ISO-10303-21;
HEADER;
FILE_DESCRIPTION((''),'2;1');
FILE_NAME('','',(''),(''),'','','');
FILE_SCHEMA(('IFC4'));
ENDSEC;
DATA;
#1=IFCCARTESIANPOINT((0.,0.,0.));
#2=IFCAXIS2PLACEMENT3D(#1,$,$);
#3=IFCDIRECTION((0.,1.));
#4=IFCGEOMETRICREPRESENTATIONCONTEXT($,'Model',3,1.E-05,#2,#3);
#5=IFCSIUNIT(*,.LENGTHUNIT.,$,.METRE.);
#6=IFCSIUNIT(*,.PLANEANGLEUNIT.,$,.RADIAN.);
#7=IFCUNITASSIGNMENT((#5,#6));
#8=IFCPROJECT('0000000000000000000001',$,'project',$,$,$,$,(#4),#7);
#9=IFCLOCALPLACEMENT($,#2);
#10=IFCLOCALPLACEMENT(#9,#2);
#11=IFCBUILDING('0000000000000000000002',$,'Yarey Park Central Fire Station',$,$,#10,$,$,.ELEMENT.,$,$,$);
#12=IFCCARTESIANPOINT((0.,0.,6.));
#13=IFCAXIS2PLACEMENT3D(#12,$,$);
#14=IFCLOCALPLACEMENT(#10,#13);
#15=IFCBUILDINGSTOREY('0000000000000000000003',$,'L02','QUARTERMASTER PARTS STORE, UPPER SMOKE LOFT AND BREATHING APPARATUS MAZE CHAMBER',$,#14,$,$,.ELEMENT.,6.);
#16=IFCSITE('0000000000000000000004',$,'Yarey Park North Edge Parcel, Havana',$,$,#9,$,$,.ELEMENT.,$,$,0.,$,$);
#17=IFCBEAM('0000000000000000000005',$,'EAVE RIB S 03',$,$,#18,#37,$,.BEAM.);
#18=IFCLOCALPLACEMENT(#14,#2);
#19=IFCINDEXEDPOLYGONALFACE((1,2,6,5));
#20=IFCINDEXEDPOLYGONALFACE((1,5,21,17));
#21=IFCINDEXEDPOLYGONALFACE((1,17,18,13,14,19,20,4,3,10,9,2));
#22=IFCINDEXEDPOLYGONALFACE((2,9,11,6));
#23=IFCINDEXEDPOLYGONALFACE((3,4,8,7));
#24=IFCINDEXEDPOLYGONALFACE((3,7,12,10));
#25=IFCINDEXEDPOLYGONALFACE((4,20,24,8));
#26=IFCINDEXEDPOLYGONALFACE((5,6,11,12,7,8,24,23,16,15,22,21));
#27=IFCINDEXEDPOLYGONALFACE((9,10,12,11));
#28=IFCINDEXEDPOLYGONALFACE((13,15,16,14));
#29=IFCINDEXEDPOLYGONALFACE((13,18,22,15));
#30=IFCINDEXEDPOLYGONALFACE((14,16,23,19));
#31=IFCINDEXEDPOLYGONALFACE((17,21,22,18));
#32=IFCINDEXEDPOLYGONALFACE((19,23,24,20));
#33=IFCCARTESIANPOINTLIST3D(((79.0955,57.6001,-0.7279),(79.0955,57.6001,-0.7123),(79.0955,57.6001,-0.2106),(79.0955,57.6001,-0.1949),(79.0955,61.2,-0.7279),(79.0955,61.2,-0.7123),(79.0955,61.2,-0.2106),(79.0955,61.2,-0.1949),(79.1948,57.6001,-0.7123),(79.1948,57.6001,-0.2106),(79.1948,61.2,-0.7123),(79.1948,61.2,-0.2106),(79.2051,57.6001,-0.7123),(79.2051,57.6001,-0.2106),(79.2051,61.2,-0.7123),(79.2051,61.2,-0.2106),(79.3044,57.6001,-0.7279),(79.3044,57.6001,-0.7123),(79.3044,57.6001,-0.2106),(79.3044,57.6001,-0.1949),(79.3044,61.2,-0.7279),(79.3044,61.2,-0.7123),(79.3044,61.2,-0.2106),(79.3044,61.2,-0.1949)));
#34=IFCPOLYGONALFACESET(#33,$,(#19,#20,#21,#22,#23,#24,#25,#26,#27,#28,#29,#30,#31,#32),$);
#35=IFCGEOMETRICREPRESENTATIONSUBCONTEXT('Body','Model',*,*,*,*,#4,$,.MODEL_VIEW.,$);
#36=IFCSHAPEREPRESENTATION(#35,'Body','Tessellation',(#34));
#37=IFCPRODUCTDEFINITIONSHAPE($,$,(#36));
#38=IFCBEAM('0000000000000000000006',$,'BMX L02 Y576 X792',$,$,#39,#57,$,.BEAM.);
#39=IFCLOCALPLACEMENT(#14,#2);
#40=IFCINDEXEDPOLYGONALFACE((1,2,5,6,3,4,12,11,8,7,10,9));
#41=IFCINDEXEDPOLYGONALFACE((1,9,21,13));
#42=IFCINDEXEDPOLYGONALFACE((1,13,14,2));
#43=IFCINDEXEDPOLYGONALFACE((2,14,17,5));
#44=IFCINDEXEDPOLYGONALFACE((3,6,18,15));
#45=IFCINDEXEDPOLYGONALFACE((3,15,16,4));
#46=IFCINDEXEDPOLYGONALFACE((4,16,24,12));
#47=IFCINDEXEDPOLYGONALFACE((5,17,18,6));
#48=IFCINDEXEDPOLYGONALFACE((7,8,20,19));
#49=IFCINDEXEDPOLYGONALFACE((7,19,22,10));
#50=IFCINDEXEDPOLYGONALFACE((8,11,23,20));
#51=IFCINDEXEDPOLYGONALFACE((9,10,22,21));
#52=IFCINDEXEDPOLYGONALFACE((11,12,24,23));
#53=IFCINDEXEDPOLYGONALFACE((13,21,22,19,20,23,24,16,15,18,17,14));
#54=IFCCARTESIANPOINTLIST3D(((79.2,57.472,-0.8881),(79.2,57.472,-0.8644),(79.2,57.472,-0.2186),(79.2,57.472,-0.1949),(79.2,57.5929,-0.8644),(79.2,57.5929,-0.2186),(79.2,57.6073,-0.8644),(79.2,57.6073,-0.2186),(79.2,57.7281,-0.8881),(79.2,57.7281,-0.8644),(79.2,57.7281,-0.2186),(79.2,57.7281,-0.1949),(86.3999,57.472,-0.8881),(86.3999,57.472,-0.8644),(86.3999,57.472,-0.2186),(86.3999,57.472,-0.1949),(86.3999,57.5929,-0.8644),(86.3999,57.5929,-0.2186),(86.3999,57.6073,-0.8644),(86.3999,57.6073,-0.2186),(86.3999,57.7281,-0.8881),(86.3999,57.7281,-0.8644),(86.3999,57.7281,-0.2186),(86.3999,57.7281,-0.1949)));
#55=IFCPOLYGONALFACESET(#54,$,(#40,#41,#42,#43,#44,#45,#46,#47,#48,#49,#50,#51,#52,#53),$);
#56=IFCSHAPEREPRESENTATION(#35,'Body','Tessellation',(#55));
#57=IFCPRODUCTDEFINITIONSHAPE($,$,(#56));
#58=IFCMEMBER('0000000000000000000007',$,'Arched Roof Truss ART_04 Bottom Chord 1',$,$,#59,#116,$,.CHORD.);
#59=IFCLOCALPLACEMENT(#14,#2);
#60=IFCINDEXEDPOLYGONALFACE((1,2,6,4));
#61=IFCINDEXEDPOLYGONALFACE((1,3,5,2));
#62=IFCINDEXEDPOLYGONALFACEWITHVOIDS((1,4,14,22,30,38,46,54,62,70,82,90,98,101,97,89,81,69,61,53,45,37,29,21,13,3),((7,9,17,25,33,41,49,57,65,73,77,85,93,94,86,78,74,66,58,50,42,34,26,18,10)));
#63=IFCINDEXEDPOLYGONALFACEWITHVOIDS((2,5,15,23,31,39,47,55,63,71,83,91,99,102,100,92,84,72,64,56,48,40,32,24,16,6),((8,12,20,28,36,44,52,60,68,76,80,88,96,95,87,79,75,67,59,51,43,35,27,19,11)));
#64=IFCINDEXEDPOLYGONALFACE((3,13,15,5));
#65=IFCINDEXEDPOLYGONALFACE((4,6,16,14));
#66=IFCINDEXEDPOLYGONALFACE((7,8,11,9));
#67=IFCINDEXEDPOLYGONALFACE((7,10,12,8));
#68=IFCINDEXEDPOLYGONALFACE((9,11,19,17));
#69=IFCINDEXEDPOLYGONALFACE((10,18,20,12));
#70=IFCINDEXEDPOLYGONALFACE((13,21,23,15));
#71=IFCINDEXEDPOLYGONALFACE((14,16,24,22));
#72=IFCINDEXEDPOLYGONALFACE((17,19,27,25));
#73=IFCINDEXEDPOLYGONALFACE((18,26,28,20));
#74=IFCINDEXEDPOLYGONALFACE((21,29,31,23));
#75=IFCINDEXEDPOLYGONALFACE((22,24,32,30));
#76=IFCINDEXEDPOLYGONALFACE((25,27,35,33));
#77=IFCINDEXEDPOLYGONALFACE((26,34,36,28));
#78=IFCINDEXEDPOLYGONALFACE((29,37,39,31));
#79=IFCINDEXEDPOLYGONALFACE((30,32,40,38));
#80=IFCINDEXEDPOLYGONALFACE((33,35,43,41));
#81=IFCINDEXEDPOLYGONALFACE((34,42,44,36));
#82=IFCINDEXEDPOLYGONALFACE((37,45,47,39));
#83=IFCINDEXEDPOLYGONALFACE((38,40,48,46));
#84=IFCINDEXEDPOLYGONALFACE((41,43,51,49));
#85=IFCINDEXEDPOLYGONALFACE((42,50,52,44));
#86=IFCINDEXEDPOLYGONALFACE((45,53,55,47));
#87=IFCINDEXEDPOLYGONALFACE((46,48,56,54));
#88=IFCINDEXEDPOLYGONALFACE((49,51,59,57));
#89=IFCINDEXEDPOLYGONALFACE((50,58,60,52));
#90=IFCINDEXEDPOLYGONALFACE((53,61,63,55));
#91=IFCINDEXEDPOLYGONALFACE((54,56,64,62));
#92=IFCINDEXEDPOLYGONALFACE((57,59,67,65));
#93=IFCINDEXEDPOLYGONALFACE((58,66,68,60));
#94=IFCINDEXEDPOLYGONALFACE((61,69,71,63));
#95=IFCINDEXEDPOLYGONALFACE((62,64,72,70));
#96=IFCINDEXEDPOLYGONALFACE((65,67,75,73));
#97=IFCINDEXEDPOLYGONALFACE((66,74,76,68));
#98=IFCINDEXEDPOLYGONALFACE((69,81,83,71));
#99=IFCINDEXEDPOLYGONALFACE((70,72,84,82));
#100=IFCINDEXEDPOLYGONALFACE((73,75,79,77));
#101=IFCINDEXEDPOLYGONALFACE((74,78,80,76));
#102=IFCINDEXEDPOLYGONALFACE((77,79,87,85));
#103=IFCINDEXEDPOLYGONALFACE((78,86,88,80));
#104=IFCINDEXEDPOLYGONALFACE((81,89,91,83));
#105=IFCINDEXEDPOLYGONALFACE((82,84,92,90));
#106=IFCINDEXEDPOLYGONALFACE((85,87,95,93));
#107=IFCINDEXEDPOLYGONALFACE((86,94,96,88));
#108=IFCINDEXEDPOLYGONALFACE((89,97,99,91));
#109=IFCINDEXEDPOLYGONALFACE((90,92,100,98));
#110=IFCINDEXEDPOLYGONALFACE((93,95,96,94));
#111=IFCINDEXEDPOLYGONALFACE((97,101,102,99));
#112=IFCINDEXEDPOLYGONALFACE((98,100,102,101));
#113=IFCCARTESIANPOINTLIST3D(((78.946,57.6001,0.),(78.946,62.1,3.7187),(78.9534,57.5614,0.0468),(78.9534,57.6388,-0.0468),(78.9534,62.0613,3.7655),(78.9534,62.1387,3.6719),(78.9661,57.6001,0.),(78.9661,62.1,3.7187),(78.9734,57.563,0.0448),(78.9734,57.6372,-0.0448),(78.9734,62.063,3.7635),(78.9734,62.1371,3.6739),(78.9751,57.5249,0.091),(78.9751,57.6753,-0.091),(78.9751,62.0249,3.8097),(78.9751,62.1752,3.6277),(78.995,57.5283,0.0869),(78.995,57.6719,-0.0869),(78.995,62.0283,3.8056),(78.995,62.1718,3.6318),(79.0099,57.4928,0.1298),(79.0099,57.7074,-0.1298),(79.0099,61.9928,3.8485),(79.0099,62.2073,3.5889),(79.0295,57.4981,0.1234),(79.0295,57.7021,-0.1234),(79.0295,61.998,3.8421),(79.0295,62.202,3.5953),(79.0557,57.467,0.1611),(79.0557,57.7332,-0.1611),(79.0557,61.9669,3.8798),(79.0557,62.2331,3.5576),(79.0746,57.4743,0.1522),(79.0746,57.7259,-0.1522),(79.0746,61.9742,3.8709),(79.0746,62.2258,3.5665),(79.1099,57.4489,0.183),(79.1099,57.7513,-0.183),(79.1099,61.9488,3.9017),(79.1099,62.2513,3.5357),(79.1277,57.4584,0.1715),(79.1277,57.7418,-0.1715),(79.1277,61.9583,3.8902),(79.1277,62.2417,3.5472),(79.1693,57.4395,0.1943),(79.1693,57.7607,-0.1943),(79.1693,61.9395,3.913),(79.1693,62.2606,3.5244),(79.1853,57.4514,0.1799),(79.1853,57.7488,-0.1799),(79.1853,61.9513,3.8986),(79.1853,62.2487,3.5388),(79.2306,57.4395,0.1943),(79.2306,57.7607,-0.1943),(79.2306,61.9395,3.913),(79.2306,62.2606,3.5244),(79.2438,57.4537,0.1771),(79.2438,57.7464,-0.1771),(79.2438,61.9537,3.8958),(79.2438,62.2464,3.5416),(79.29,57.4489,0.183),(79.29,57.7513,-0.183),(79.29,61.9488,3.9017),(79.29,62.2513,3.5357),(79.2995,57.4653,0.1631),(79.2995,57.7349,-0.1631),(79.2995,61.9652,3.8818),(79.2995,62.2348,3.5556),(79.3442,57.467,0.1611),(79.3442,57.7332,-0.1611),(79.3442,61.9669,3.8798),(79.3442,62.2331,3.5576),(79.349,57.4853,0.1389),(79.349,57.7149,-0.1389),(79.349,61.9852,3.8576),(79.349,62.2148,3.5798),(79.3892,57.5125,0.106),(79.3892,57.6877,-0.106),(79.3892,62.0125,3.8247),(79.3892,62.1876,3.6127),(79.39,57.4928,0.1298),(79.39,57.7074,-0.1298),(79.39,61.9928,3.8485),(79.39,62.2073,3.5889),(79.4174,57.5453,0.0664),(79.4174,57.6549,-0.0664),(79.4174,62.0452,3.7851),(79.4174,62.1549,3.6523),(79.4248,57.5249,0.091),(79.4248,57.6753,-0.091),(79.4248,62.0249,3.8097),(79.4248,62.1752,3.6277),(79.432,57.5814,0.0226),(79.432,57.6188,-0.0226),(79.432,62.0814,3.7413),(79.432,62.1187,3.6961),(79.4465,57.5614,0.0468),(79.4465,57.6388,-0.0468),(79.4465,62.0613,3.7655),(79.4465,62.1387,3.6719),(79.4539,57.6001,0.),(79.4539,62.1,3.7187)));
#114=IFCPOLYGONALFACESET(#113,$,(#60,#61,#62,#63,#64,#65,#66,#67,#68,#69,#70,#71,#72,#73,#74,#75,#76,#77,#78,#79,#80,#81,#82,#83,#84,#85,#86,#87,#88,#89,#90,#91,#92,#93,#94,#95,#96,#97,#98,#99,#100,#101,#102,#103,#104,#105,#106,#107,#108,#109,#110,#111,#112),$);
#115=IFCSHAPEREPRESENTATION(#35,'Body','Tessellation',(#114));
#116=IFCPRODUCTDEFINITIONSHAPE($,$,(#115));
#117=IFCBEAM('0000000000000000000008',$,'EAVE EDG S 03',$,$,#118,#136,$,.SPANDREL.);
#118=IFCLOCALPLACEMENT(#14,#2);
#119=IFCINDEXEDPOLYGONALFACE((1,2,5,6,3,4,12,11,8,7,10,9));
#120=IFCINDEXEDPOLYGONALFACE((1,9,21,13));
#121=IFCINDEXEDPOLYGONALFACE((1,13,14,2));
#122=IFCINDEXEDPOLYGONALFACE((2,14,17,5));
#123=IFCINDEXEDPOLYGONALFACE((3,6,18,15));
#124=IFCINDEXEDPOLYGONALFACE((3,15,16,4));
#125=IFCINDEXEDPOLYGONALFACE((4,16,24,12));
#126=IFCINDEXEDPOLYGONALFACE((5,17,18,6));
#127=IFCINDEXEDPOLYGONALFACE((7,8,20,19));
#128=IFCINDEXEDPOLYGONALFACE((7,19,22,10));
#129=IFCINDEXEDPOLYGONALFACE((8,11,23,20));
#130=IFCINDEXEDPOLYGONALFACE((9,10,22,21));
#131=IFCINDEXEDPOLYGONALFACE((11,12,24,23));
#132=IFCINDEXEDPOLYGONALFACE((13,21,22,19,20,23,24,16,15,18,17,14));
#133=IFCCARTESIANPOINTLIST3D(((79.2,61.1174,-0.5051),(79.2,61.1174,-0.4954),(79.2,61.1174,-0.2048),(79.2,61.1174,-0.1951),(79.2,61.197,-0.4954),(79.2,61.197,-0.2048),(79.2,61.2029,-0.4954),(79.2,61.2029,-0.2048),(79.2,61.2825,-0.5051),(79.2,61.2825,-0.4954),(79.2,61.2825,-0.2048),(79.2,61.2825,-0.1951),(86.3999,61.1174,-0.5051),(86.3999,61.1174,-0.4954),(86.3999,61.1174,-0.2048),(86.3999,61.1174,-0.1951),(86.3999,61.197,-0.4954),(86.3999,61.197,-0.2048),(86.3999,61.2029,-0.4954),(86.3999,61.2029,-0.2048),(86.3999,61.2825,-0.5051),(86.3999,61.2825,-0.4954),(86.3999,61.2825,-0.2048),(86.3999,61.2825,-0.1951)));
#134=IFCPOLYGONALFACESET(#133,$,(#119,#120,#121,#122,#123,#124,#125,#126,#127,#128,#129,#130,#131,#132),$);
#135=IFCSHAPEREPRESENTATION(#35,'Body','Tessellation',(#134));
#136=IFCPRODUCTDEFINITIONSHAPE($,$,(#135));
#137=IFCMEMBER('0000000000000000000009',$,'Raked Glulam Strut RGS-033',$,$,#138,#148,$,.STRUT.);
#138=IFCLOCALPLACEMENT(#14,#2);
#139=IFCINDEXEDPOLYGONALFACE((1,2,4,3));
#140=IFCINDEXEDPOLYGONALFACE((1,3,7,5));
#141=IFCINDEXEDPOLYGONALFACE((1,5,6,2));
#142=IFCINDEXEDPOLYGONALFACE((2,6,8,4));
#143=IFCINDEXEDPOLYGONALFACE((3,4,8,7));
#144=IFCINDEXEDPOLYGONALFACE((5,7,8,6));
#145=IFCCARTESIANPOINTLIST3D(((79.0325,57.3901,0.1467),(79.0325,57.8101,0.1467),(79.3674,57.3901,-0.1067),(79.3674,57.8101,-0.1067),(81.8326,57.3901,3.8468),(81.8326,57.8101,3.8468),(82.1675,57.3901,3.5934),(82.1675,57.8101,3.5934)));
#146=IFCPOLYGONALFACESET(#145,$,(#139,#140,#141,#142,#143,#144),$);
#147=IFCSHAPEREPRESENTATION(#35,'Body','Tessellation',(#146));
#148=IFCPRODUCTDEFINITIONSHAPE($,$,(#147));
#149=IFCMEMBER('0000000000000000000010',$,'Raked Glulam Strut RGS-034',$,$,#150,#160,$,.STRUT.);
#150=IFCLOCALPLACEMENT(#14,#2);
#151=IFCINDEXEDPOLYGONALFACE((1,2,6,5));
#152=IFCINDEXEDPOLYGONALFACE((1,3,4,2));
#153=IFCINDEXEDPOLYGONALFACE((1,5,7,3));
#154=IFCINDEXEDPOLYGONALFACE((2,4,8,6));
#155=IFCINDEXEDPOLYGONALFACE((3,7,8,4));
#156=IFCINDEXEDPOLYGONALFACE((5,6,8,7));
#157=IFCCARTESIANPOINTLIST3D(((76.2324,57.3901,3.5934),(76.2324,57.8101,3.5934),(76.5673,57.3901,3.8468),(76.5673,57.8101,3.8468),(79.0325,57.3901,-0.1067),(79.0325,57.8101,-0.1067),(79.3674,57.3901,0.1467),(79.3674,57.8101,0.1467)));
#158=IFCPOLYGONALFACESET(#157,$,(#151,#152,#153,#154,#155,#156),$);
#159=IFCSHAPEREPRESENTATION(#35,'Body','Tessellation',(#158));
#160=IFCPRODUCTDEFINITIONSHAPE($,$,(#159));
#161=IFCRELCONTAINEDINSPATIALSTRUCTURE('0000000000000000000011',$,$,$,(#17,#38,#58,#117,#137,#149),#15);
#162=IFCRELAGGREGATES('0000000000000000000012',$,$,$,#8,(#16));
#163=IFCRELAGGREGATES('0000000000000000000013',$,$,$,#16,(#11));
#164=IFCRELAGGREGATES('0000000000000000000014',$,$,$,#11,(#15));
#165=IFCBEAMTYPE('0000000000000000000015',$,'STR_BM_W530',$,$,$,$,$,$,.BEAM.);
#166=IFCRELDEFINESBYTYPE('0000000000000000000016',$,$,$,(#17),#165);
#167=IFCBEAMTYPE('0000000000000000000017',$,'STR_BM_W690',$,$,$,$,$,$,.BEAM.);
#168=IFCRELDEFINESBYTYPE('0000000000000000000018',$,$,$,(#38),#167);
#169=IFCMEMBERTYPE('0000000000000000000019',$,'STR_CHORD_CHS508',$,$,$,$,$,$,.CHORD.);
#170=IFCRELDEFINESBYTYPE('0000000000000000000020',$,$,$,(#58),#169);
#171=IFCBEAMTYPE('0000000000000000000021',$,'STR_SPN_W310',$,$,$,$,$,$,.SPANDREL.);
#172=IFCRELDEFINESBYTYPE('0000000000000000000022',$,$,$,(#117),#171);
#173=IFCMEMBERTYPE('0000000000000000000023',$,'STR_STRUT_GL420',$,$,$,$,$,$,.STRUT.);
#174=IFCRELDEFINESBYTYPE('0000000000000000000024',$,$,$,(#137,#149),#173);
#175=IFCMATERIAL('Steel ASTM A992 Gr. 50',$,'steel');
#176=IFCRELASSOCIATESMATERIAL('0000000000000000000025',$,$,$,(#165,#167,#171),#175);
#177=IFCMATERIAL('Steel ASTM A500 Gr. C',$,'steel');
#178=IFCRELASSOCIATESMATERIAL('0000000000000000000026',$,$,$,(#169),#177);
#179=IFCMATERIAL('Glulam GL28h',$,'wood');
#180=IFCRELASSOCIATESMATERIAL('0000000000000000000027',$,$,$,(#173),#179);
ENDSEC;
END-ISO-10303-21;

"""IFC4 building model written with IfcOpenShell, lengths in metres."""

from ifc_helpers import new_model, si_unit, direction, frame, origin, origin_2d, place, context, subcontext, project, spatial, rectangle, hollow_circle, i_section, extrude, material, material_profile, profile_set, type_object, element, save


model = new_model("IFC4")

# Units and contexts
model_context = context("Model", 3, precision=1e-05, world=origin(), true_north=direction((0.0, 1.0)))
body_context = subcontext(model_context, "Body", "Model", "MODEL_VIEW")
ifc_project = project(units=[si_unit("LENGTHUNIT", "METRE"), si_unit("PLANEANGLEUNIT", "RADIAN")], contexts=[model_context])

# Site, building, storey
site_placement = place(None, origin())
site = spatial("IfcSite", under=ifc_project, at=site_placement, Name="Yarey Park North Edge Parcel, Havana", CompositionType="ELEMENT", RefElevation=0.0)
building_placement = place(site_placement, origin())
building = spatial("IfcBuilding", under=site, at=building_placement, Name="Yarey Park Central Fire Station", CompositionType="ELEMENT")
storey_placement = place(building_placement, frame((0.0, 0.0, 6.0)))
storey = spatial("IfcBuildingStorey", under=building, at=storey_placement, Name="L02", Description="QUARTERMASTER PARTS STORE, UPPER SMOKE LOFT AND BREATHING APPARATUS MAZE CHAMBER", CompositionType="ELEMENT", Elevation=6.0)

# Shared definitions
ifc_material_1 = material(Name="Steel ASTM A992 Gr. 50", Category="steel")

# Beams
ifc_material_profile_1 = material_profile(ifc_material_1, i_section(OverallWidth=0.209, OverallDepth=0.533, WebThickness=0.0103, FlangeThickness=0.0156, at=origin_2d()), Name="W530x92")
ifc_profile_set_1 = profile_set([ifc_material_profile_1], Name="Steel ASTM A992 Gr. 50")
beam_type_1 = type_object("IfcBeamType", Name="STR_BM_W530", PredefinedType="BEAM", material=ifc_profile_set_1)
beam_1_placement = place(storey_placement, frame((79.2, 57.6001, -0.4614), z_axis=(0.0, 1.0, 0.0), x_axis=(-1.0, 0.0, 0.0)))
element("IfcBeam", 1, at=beam_1_placement, inside=storey, type_object=beam_type_1, Name="EAVE RIB S 03", PredefinedType="BEAM", context=body_context, shape_type="SweptSolid", body=[
    extrude(i_section(OverallWidth=0.209, OverallDepth=0.533, WebThickness=0.0103, FlangeThickness=0.0156, at=origin_2d()), origin(), (0.0, 0.0, 1.0), 3.5999),
])
ifc_material_profile_2 = material_profile(ifc_material_1, i_section(OverallWidth=0.2561, OverallDepth=0.6931, WebThickness=0.0144, FlangeThickness=0.0237, at=origin_2d()), Name="W690x170")
ifc_profile_set_2 = profile_set([ifc_material_profile_2], Name="Steel ASTM A992 Gr. 50")
beam_type_2 = type_object("IfcBeamType", Name="STR_BM_W690", PredefinedType="BEAM", material=ifc_profile_set_2)
beam_2_placement = place(storey_placement, frame((79.2, 57.6001, -0.5415), z_axis=(1.0, 0.0, 0.0), x_axis=(0.0, 1.0, 0.0)))
element("IfcBeam", 2, at=beam_2_placement, inside=storey, type_object=beam_type_2, Name="BMX L02 Y576 X792", PredefinedType="BEAM", context=body_context, shape_type="SweptSolid", body=[
    extrude(i_section(OverallWidth=0.2561, OverallDepth=0.6931, WebThickness=0.0144, FlangeThickness=0.0237, at=origin_2d()), origin(), (0.0, 0.0, 1.0), 7.2),
])

# Member
ifc_material_2 = material(Name="Steel ASTM A500 Gr. C", Category="steel")
ifc_material_profile_3 = material_profile(ifc_material_2, hollow_circle(Radius=0.2539, WallThickness=0.02, at=origin_2d()), Name="CHS 508x20")
ifc_profile_set_3 = profile_set([ifc_material_profile_3], Name="Steel ASTM A500 Gr. C")
member_type_1 = type_object("IfcMemberType", Name="STR_CHORD_CHS508", PredefinedType="CHORD", material=ifc_profile_set_3)
member_1_placement = place(storey_placement, frame((79.2, 57.6001, 0.0), z_axis=(0.0, 0.770847, 0.63702), x_axis=(-1.0, 0.0, 0.0)))
element("IfcMember", 3, at=member_1_placement, inside=storey, type_object=member_type_1, Name="Arched Roof Truss ART_04 Bottom Chord 1", PredefinedType="CHORD", context=body_context, shape_type="SweptSolid", body=[
    extrude(hollow_circle(Radius=0.2539, WallThickness=0.02, at=origin_2d()), origin(), (0.0, 0.0, 1.0), 5.8376),
])

# Beam
ifc_material_profile_4 = material_profile(ifc_material_1, i_section(OverallWidth=0.165, OverallDepth=0.3101, WebThickness=0.0059, FlangeThickness=0.0098, at=origin_2d()), Name="W310x39")
ifc_profile_set_4 = profile_set([ifc_material_profile_4], Name="Steel ASTM A992 Gr. 50")
beam_type_3 = type_object("IfcBeamType", Name="STR_SPN_W310", PredefinedType="SPANDREL", material=ifc_profile_set_4)
beam_3_placement = place(storey_placement, frame((79.2, 61.2, -0.3501), z_axis=(1.0, 0.0, 0.0), x_axis=(0.0, 1.0, 0.0)))
element("IfcBeam", 4, at=beam_3_placement, inside=storey, type_object=beam_type_3, Name="EAVE EDG S 03", PredefinedType="SPANDREL", context=body_context, shape_type="SweptSolid", body=[
    extrude(i_section(OverallWidth=0.165, OverallDepth=0.3101, WebThickness=0.0059, FlangeThickness=0.0098, at=origin_2d()), origin(), (0.0, 0.0, 1.0), 7.2),
])

# Members
ifc_material_3 = material(Name="Glulam GL28h", Category="wood")
ifc_material_profile_5 = material_profile(ifc_material_3, rectangle(XDim=0.4199, YDim=0.4199, at=origin_2d()), Name="GL 420x420")
ifc_profile_set_5 = profile_set([ifc_material_profile_5], Name="Glulam GL28h")
member_type_2 = type_object("IfcMemberType", Name="STR_STRUT_GL420", PredefinedType="STRUT", material=ifc_profile_set_5)
for number, where, z_axis, x_axis, name in (
    (5, (79.2, 57.6001, 0.02), (0.603454, 0.0, 0.797397), (0.0, 1.0, 0.0), "Raked Glulam Strut RGS-033"),
    (6, (79.2, 57.6001, 0.02), (-0.603454, 0.0, 0.797397), (0.0, -1.0, 0.0), "Raked Glulam Strut RGS-034"),
):
    element("IfcMember", number, at=place(storey_placement, frame(where, z_axis=z_axis, x_axis=x_axis)), inside=storey, type_object=member_type_2, Name=name, PredefinedType="STRUT", context=body_context, shape_type="SweptSolid", body=[
        extrude(rectangle(XDim=0.4199, YDim=0.4199, at=origin_2d()), origin(), (0.0, 0.0, 1.0), 4.6401),
    ])

save(model, "model.ifc")
